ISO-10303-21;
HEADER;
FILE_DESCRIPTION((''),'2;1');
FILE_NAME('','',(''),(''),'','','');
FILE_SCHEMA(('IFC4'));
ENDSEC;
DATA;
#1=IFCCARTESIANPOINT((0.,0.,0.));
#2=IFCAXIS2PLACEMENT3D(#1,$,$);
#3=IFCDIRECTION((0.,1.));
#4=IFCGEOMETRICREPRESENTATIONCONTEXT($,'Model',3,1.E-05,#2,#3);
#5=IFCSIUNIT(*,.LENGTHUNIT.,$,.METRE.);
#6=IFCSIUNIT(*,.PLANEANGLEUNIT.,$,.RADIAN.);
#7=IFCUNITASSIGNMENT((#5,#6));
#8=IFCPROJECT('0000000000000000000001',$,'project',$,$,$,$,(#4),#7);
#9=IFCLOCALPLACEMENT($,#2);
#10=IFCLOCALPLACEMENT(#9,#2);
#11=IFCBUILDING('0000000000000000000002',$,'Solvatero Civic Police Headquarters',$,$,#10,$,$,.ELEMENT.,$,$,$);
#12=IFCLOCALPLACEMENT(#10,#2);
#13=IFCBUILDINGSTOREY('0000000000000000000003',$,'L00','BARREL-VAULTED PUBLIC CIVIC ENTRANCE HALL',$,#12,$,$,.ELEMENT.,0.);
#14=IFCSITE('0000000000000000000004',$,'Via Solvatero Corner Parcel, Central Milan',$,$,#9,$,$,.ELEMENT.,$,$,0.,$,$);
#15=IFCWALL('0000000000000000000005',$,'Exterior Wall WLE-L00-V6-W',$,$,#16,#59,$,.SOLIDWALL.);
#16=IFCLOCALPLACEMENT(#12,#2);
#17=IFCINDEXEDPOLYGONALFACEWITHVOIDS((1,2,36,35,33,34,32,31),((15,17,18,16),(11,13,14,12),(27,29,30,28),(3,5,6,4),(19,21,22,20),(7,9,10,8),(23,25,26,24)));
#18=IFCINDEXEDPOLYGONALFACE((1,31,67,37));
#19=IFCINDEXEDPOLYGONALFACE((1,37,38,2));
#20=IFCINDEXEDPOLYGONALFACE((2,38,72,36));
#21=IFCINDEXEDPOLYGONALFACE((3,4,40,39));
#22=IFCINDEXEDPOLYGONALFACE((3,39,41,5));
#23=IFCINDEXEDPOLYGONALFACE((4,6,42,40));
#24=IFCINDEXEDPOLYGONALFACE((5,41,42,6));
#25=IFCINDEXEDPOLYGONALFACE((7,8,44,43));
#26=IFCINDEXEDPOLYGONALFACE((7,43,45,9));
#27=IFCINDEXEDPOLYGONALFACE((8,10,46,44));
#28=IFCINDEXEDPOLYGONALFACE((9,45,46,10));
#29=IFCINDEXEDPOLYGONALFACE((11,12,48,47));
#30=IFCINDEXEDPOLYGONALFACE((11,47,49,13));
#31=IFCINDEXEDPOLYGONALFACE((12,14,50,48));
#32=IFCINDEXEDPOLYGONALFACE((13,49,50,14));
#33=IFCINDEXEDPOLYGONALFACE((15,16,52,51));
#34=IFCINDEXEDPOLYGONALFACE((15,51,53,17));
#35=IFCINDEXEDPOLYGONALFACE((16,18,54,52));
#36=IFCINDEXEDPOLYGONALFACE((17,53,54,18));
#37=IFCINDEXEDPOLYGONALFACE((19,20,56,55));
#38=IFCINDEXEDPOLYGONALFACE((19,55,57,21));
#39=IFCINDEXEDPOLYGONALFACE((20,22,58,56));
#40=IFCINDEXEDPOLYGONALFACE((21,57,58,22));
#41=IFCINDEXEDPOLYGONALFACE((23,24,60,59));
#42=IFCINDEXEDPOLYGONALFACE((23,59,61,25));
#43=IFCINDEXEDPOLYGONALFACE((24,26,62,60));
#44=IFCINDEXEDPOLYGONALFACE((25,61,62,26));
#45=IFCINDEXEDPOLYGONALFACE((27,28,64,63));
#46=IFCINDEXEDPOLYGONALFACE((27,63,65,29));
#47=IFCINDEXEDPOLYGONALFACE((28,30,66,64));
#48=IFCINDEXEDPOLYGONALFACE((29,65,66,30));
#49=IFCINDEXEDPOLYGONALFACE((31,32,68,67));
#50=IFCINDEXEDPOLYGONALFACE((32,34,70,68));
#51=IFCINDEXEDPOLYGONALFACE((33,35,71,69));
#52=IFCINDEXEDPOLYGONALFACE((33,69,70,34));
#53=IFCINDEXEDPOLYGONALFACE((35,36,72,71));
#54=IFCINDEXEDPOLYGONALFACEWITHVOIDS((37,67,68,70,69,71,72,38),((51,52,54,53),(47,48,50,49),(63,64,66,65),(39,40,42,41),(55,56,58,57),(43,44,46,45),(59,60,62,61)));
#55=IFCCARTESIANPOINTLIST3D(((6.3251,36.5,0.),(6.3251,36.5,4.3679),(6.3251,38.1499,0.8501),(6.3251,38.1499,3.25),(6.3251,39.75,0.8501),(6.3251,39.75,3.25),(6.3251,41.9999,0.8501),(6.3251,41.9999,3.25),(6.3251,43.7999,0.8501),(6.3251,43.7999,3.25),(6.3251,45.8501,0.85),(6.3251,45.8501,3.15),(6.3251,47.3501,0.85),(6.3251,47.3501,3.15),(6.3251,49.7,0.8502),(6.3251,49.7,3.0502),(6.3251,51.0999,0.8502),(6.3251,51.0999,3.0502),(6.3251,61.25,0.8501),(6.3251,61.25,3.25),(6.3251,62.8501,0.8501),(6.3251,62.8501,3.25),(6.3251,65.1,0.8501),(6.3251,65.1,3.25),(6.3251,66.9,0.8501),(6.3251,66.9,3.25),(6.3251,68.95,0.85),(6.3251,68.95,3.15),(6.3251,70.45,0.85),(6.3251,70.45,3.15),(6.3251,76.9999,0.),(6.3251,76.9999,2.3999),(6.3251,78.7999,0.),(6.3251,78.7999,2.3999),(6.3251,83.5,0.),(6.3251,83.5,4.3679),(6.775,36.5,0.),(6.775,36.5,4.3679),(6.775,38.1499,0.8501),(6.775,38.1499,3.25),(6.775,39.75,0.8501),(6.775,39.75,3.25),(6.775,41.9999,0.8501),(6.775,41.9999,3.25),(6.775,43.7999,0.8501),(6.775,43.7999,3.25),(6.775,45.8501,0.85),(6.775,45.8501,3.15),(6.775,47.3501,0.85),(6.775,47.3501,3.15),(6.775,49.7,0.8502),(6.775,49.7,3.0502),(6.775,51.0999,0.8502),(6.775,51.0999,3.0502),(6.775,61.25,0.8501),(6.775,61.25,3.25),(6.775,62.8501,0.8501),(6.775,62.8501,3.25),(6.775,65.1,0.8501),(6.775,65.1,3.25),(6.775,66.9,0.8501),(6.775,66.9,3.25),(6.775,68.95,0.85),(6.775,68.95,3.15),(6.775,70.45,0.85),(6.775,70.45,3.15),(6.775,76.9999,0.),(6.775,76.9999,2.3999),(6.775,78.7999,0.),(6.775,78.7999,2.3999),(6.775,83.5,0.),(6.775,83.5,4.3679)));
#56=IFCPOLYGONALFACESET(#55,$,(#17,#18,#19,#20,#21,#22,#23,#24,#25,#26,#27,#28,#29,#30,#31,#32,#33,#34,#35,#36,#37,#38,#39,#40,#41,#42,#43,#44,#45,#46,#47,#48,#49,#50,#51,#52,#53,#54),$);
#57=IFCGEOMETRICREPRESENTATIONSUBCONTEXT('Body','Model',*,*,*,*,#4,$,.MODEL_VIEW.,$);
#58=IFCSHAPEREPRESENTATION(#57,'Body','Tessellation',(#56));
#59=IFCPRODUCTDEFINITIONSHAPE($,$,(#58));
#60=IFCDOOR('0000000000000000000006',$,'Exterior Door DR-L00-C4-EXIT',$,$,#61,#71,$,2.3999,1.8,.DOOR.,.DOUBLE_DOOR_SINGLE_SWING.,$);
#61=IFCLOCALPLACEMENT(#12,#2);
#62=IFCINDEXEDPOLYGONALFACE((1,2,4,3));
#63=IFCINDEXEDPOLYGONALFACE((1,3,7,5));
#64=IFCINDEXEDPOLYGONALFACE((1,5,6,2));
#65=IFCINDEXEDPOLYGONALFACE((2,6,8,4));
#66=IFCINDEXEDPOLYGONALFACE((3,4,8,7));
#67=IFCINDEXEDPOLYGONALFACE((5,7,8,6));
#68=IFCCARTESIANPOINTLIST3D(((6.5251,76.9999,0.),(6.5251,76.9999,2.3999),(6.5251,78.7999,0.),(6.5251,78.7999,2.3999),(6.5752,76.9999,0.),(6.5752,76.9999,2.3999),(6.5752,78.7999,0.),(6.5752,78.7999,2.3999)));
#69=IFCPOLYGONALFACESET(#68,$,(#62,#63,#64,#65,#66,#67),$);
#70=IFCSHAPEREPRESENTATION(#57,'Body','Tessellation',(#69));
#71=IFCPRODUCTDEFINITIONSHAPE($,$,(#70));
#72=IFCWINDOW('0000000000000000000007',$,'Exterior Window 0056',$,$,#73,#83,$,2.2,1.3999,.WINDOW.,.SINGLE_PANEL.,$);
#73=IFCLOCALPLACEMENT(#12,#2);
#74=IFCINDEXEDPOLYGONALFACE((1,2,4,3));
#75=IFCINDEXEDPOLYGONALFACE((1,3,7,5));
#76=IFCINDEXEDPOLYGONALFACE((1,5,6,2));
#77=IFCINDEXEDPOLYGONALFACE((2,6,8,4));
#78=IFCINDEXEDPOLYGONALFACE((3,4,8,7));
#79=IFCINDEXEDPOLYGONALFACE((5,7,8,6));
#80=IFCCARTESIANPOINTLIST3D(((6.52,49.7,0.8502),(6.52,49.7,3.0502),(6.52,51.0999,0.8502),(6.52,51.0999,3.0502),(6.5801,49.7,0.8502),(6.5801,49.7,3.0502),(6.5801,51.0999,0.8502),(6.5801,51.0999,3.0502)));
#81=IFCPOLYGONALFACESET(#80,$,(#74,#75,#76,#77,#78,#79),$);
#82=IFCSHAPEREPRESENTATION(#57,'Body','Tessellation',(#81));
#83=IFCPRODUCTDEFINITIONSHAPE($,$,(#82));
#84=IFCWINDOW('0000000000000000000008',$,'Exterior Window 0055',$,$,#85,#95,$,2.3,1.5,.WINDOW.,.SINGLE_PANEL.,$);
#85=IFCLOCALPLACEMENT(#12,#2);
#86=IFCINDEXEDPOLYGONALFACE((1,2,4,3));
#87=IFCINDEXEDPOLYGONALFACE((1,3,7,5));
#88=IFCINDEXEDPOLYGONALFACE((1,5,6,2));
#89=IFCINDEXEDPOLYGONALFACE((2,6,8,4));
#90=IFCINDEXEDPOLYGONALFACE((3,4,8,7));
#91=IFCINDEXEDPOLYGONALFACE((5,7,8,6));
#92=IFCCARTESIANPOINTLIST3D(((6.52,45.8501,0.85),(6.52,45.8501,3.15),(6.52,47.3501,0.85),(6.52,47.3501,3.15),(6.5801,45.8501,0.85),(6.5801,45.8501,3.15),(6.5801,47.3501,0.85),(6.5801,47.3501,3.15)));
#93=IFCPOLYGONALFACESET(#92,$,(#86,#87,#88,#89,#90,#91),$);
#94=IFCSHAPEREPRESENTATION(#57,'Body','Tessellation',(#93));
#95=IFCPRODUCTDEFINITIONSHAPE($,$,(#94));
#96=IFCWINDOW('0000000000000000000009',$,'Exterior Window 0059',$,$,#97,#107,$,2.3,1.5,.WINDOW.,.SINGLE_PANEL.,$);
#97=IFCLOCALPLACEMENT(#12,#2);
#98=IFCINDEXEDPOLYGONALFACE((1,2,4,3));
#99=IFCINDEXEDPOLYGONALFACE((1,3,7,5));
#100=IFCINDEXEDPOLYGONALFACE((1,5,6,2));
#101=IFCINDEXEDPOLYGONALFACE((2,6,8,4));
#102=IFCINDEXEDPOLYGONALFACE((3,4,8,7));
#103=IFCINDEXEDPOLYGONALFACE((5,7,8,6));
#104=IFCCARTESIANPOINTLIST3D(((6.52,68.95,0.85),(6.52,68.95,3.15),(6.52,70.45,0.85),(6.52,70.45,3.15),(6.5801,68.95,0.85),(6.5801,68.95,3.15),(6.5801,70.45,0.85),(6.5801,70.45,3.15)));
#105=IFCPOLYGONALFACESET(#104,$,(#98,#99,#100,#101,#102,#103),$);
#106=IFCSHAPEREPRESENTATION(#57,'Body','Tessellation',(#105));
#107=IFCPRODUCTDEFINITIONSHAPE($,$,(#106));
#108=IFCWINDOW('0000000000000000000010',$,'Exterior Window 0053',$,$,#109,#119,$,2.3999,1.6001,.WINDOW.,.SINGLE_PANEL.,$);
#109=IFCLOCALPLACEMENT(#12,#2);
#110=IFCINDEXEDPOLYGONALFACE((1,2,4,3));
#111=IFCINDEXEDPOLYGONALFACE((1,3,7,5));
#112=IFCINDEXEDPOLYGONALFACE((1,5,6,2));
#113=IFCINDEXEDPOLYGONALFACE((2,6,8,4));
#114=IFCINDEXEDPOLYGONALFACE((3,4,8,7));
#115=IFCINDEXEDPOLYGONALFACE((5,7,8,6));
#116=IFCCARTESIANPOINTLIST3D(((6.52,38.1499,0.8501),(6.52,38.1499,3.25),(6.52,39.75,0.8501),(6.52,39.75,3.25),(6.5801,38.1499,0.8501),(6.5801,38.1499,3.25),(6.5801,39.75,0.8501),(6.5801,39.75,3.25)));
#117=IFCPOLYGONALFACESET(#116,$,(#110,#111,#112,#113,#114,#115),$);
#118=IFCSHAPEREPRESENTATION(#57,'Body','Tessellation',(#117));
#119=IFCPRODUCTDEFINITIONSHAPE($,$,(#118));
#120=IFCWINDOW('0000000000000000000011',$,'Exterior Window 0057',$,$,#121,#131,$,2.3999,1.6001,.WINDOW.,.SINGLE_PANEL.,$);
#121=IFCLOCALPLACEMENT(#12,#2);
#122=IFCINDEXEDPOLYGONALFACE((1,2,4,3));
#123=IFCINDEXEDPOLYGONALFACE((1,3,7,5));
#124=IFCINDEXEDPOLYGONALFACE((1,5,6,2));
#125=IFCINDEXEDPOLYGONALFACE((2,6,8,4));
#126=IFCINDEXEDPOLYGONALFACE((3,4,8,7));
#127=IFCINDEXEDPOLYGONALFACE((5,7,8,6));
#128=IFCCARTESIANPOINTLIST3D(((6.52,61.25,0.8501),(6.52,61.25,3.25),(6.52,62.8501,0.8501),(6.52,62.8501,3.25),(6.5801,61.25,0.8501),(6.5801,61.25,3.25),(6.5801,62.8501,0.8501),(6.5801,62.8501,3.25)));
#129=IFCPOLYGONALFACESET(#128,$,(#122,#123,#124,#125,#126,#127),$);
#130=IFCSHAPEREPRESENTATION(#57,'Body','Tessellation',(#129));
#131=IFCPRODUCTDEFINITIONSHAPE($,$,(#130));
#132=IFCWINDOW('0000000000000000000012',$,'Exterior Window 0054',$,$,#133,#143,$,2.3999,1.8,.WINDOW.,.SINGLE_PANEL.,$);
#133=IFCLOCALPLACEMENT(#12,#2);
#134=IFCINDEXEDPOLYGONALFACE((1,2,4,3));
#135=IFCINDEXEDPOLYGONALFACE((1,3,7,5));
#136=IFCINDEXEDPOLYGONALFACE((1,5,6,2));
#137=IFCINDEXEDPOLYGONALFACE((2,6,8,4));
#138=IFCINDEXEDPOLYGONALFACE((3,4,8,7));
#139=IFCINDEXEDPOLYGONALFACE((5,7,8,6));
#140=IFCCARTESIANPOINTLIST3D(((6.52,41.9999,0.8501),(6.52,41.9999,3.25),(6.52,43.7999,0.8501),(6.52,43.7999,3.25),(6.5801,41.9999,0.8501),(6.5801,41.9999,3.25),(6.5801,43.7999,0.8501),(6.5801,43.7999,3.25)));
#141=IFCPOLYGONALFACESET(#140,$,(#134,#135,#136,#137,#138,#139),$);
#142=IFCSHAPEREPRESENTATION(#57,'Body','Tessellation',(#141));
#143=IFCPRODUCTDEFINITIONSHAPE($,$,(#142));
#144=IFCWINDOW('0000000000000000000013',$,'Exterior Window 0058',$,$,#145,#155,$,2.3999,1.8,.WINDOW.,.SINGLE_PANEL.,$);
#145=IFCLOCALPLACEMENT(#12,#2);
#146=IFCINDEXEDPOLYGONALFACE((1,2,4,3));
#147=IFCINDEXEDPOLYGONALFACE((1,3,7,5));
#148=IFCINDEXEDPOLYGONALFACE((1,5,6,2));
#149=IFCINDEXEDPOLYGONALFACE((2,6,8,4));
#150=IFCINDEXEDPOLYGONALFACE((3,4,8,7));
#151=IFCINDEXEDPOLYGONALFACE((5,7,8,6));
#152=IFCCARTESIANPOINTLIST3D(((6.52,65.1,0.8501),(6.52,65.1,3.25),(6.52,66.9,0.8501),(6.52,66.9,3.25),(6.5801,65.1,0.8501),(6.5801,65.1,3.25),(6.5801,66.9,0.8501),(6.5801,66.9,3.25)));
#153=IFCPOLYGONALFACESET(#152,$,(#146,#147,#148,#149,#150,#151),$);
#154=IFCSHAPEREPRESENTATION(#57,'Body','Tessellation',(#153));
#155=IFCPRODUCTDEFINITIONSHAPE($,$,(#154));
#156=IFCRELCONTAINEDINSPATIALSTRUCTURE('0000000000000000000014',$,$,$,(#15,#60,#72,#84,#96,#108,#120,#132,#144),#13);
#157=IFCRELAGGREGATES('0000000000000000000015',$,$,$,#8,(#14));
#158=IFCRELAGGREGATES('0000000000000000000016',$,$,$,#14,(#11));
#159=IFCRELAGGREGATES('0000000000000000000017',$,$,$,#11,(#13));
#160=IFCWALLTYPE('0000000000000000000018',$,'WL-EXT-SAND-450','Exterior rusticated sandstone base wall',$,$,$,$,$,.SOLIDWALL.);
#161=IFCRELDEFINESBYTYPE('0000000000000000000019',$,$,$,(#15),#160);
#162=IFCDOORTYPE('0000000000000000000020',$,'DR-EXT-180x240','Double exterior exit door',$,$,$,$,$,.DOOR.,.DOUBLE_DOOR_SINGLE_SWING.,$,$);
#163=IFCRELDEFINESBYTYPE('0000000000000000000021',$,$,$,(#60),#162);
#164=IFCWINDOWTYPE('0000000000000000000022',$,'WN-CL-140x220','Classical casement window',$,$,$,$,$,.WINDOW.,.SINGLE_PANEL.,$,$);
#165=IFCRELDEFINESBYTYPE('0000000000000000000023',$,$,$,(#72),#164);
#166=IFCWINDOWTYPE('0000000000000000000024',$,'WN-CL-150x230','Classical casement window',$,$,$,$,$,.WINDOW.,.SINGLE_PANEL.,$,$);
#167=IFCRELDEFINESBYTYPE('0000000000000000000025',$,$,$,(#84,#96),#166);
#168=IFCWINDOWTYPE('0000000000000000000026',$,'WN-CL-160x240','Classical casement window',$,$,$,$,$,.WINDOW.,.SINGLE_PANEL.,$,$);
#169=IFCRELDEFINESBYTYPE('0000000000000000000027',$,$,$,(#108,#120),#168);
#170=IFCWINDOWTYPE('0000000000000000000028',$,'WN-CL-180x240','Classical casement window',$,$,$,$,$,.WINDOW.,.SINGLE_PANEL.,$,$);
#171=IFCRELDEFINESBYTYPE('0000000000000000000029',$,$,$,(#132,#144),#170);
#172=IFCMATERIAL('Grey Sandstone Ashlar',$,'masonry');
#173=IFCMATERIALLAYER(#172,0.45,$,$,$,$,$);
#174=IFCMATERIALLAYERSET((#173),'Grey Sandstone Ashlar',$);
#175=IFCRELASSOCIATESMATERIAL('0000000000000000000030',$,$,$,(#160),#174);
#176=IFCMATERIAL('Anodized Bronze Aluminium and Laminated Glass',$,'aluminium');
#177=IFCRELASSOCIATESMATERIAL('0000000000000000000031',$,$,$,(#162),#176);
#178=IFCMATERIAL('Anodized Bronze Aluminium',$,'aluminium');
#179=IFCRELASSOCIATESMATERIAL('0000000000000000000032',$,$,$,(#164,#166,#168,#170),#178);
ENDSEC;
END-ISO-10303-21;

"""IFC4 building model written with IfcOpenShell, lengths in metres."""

from ifc_helpers import new_model, si_unit, direction, frame, frame_2d, origin, place, context, subcontext, project, spatial, rectangle, extrude, material, layer, layer_set, type_object, element, fill, save


model = new_model("IFC4")

# Units and contexts
model_context = context("Model", 3, precision=1e-05, world=origin(), true_north=direction((0.0, 1.0)))
body_context = subcontext(model_context, "Body", "Model", "MODEL_VIEW")
ifc_project = project(units=[si_unit("LENGTHUNIT", "METRE"), si_unit("PLANEANGLEUNIT", "RADIAN")], contexts=[model_context])

# Site, building, storey
site_placement = place(None, origin())
site = spatial("IfcSite", under=ifc_project, at=site_placement, Name="Via Solvatero Corner Parcel, Central Milan", CompositionType="ELEMENT", RefElevation=0.0)
building_placement = place(site_placement, origin())
building = spatial("IfcBuilding", under=site, at=building_placement, Name="Solvatero Civic Police Headquarters", CompositionType="ELEMENT")
storey_placement = place(building_placement, origin())
storey = spatial("IfcBuildingStorey", under=building, at=storey_placement, Name="L00", Description="BARREL-VAULTED PUBLIC CIVIC ENTRANCE HALL", CompositionType="ELEMENT", Elevation=0.0)

# Wall, openings, door, windows
ifc_material_1 = material(Name="Grey Sandstone Ashlar", Category="masonry")
ifc_layer_1 = layer(ifc_material_1, 0.45)
ifc_layer_set_1 = layer_set([ifc_layer_1], Name="Grey Sandstone Ashlar")
wall_type_1 = type_object("IfcWallType", Name="WL-EXT-SAND-450", Description="Exterior rusticated sandstone base wall", PredefinedType="SOLIDWALL", material=ifc_layer_set_1)
wall_1_placement = place(storey_placement, frame((6.55, 36.5, 0.0), z_axis=(0.0, 0.0, 1.0), x_axis=(0.0, 1.0, 0.0)))
wall_1 = element("IfcWall", 1, at=wall_1_placement, inside=storey, type_object=wall_type_1, Name="Exterior Wall WLE-L00-V6-W", PredefinedType="SOLIDWALL", context=body_context, shape_type="SweptSolid", body=[
    extrude(rectangle(XDim=47.0, YDim=0.45, at=frame_2d((23.5, 0.0))), origin(), (0.0, 0.0, 1.0), 4.3679),
])
opening_1_placement = place(wall_1_placement, frame((40.5, 0.0, 0.0)))
opening_1 = element("IfcOpeningElement", 2, at=opening_1_placement, cuts=wall_1, PredefinedType="OPENING", context=body_context, shape_type="SweptSolid", body=[
    extrude(rectangle(XDim=1.8, YDim=2.3999, at=frame_2d((0.8999, 1.2))), frame((0.0, 0.2349, 0.0), z_axis=(0.0, -1.0, 0.0), x_axis=(1.0, 0.0, 0.0)), (0.0, 0.0, 1.0), 0.47),
])
opening_2_placement = place(wall_1_placement, frame((1.6499, 0.0, 0.8501)))
opening_2 = element("IfcOpeningElement", 3, at=opening_2_placement, cuts=wall_1, PredefinedType="OPENING", context=body_context, shape_type="SweptSolid", body=[
    extrude(rectangle(XDim=1.6001, YDim=2.3999, at=frame_2d((0.8, 1.2))), frame((0.0, 0.2349, 0.0), z_axis=(0.0, -1.0, 0.0), x_axis=(1.0, 0.0, 0.0)), (0.0, 0.0, 1.0), 0.47),
])
opening_3_placement = place(wall_1_placement, frame((5.5, 0.0, 0.8501)))
opening_3 = element("IfcOpeningElement", 4, at=opening_3_placement, cuts=wall_1, PredefinedType="OPENING", context=body_context, shape_type="SweptSolid", body=[
    extrude(rectangle(XDim=1.8, YDim=2.3999, at=frame_2d((0.8999, 1.2))), frame((0.0, 0.2349, 0.0), z_axis=(0.0, -1.0, 0.0), x_axis=(1.0, 0.0, 0.0)), (0.0, 0.0, 1.0), 0.47),
])
opening_4_placement = place(wall_1_placement, frame((9.3501, 0.0, 0.8501)))
opening_4 = element("IfcOpeningElement", 5, at=opening_4_placement, cuts=wall_1, PredefinedType="OPENING", context=body_context, shape_type="SweptSolid", body=[
    extrude(rectangle(XDim=1.5, YDim=2.3, at=frame_2d((0.75, 1.1499))), frame((0.0, 0.2349, 0.0), z_axis=(0.0, -1.0, 0.0), x_axis=(1.0, 0.0, 0.0)), (0.0, 0.0, 1.0), 0.47),
])
opening_5_placement = place(wall_1_placement, frame((13.2, 0.0, 0.8501)))
opening_5 = element("IfcOpeningElement", 6, at=opening_5_placement, cuts=wall_1, PredefinedType="OPENING", context=body_context, shape_type="SweptSolid", body=[
    extrude(rectangle(XDim=1.3999, YDim=2.2, at=frame_2d((0.7, 1.1001))), frame((0.0, 0.2349, 0.0), z_axis=(0.0, -1.0, 0.0), x_axis=(1.0, 0.0, 0.0)), (0.0, 0.0, 1.0), 0.47),
])
opening_6_placement = place(wall_1_placement, frame((24.75, 0.0, 0.8501)))
opening_6 = element("IfcOpeningElement", 7, at=opening_6_placement, cuts=wall_1, PredefinedType="OPENING", context=body_context, shape_type="SweptSolid", body=[
    extrude(rectangle(XDim=1.6001, YDim=2.3999, at=frame_2d((0.8, 1.2))), frame((0.0, 0.2349, 0.0), z_axis=(0.0, -1.0, 0.0), x_axis=(1.0, 0.0, 0.0)), (0.0, 0.0, 1.0), 0.47),
])
opening_7_placement = place(wall_1_placement, frame((28.6001, 0.0, 0.8501)))
opening_7 = element("IfcOpeningElement", 8, at=opening_7_placement, cuts=wall_1, PredefinedType="OPENING", context=body_context, shape_type="SweptSolid", body=[
    extrude(rectangle(XDim=1.8, YDim=2.3999, at=frame_2d((0.8999, 1.2))), frame((0.0, 0.2349, 0.0), z_axis=(0.0, -1.0, 0.0), x_axis=(1.0, 0.0, 0.0)), (0.0, 0.0, 1.0), 0.47),
])
opening_8_placement = place(wall_1_placement, frame((32.45, 0.0, 0.8501)))
opening_8 = element("IfcOpeningElement", 9, at=opening_8_placement, cuts=wall_1, PredefinedType="OPENING", context=body_context, shape_type="SweptSolid", body=[
    extrude(rectangle(XDim=1.5, YDim=2.3, at=frame_2d((0.75, 1.1499))), frame((0.0, 0.2349, 0.0), z_axis=(0.0, -1.0, 0.0), x_axis=(1.0, 0.0, 0.0)), (0.0, 0.0, 1.0), 0.47),
])
ifc_material_2 = material(Name="Anodized Bronze Aluminium and Laminated Glass", Category="aluminium")
door_type = type_object("IfcDoorType", Name="DR-EXT-180x240", Description="Double exterior exit door", OperationType="DOUBLE_DOOR_SINGLE_SWING", PredefinedType="DOOR", material=ifc_material_2)
door_placement = place(opening_1_placement, origin())
door = element("IfcDoor", 10, at=door_placement, inside=storey, type_object=door_type, Name="Exterior Door DR-L00-C4-EXIT", OperationType="DOUBLE_DOOR_SINGLE_SWING", OverallHeight=2.3999, OverallWidth=1.8, PredefinedType="DOOR", context=body_context, shape_type="SweptSolid", body=[
    extrude(rectangle(XDim=1.8, YDim=2.3999, at=frame_2d((0.8999, 1.2))), frame((0.0, 0.0249, 0.0), z_axis=(0.0, -1.0, 0.0), x_axis=(1.0, 0.0, 0.0)), (0.0, 0.0, 1.0), 0.05),
])
fill(opening_1, door)
ifc_material_3 = material(Name="Anodized Bronze Aluminium", Category="aluminium")
window_type_1 = type_object("IfcWindowType", Name="WN-CL-140x220", Description="Classical casement window", PartitioningType="SINGLE_PANEL", PredefinedType="WINDOW", material=ifc_material_3)
window_1_placement = place(opening_5_placement, origin())
window_1 = element("IfcWindow", 11, at=window_1_placement, inside=storey, type_object=window_type_1, Name="Exterior Window 0056", OverallHeight=2.2, OverallWidth=1.3999, PartitioningType="SINGLE_PANEL", PredefinedType="WINDOW", context=body_context, shape_type="SweptSolid", body=[
    extrude(rectangle(XDim=1.3999, YDim=2.2, at=frame_2d((0.7, 1.1001))), frame((0.0, 0.03, 0.0), z_axis=(0.0, -1.0, 0.0), x_axis=(1.0, 0.0, 0.0)), (0.0, 0.0, 1.0), 0.0601),
])
fill(opening_5, window_1)
window_type_2 = type_object("IfcWindowType", Name="WN-CL-150x230", Description="Classical casement window", PartitioningType="SINGLE_PANEL", PredefinedType="WINDOW", material=ifc_material_3)
window_2_placement = place(opening_4_placement, origin())
window_2 = element("IfcWindow", 12, at=window_2_placement, inside=storey, type_object=window_type_2, Name="Exterior Window 0055", OverallHeight=2.3, OverallWidth=1.5, PartitioningType="SINGLE_PANEL", PredefinedType="WINDOW", context=body_context, shape_type="SweptSolid", body=[
    extrude(rectangle(XDim=1.5, YDim=2.3, at=frame_2d((0.75, 1.1499))), frame((0.0, 0.03, 0.0), z_axis=(0.0, -1.0, 0.0), x_axis=(1.0, 0.0, 0.0)), (0.0, 0.0, 1.0), 0.0601),
])
fill(opening_4, window_2)
window_3_placement = place(opening_8_placement, origin())
window_3 = element("IfcWindow", 13, at=window_3_placement, inside=storey, type_object=window_type_2, Name="Exterior Window 0059", OverallHeight=2.3, OverallWidth=1.5, PartitioningType="SINGLE_PANEL", PredefinedType="WINDOW", context=body_context, shape_type="SweptSolid", body=[
    extrude(rectangle(XDim=1.5, YDim=2.3, at=frame_2d((0.75, 1.1499))), frame((0.0, 0.03, 0.0), z_axis=(0.0, -1.0, 0.0), x_axis=(1.0, 0.0, 0.0)), (0.0, 0.0, 1.0), 0.0601),
])
fill(opening_8, window_3)
window_type_3 = type_object("IfcWindowType", Name="WN-CL-160x240", Description="Classical casement window", PartitioningType="SINGLE_PANEL", PredefinedType="WINDOW", material=ifc_material_3)
window_4_placement = place(opening_2_placement, origin())
window_4 = element("IfcWindow", 14, at=window_4_placement, inside=storey, type_object=window_type_3, Name="Exterior Window 0053", OverallHeight=2.3999, OverallWidth=1.6001, PartitioningType="SINGLE_PANEL", PredefinedType="WINDOW", context=body_context, shape_type="SweptSolid", body=[
    extrude(rectangle(XDim=1.6001, YDim=2.3999, at=frame_2d((0.8, 1.2))), frame((0.0, 0.03, 0.0), z_axis=(0.0, -1.0, 0.0), x_axis=(1.0, 0.0, 0.0)), (0.0, 0.0, 1.0), 0.0601),
])
fill(opening_2, window_4)
window_5_placement = place(opening_6_placement, origin())
window_5 = element("IfcWindow", 15, at=window_5_placement, inside=storey, type_object=window_type_3, Name="Exterior Window 0057", OverallHeight=2.3999, OverallWidth=1.6001, PartitioningType="SINGLE_PANEL", PredefinedType="WINDOW", context=body_context, shape_type="SweptSolid", body=[
    extrude(rectangle(XDim=1.6001, YDim=2.3999, at=frame_2d((0.8, 1.2))), frame((0.0, 0.03, 0.0), z_axis=(0.0, -1.0, 0.0), x_axis=(1.0, 0.0, 0.0)), (0.0, 0.0, 1.0), 0.0601),
])
fill(opening_6, window_5)
window_type_4 = type_object("IfcWindowType", Name="WN-CL-180x240", Description="Classical casement window", PartitioningType="SINGLE_PANEL", PredefinedType="WINDOW", material=ifc_material_3)
window_6_placement = place(opening_3_placement, origin())
window_6 = element("IfcWindow", 16, at=window_6_placement, inside=storey, type_object=window_type_4, Name="Exterior Window 0054", OverallHeight=2.3999, OverallWidth=1.8, PartitioningType="SINGLE_PANEL", PredefinedType="WINDOW", context=body_context, shape_type="SweptSolid", body=[
    extrude(rectangle(XDim=1.8, YDim=2.3999, at=frame_2d((0.8999, 1.2))), frame((0.0, 0.03, 0.0), z_axis=(0.0, -1.0, 0.0), x_axis=(1.0, 0.0, 0.0)), (0.0, 0.0, 1.0), 0.0601),
])
fill(opening_3, window_6)
window_7_placement = place(opening_7_placement, origin())
window_7 = element("IfcWindow", 17, at=window_7_placement, inside=storey, type_object=window_type_4, Name="Exterior Window 0058", OverallHeight=2.3999, OverallWidth=1.8, PartitioningType="SINGLE_PANEL", PredefinedType="WINDOW", context=body_context, shape_type="SweptSolid", body=[
    extrude(rectangle(XDim=1.8, YDim=2.3999, at=frame_2d((0.8999, 1.2))), frame((0.0, 0.03, 0.0), z_axis=(0.0, -1.0, 0.0), x_axis=(1.0, 0.0, 0.0)), (0.0, 0.0, 1.0), 0.0601),
])
fill(opening_7, window_7)

save(model, "model.ifc")
